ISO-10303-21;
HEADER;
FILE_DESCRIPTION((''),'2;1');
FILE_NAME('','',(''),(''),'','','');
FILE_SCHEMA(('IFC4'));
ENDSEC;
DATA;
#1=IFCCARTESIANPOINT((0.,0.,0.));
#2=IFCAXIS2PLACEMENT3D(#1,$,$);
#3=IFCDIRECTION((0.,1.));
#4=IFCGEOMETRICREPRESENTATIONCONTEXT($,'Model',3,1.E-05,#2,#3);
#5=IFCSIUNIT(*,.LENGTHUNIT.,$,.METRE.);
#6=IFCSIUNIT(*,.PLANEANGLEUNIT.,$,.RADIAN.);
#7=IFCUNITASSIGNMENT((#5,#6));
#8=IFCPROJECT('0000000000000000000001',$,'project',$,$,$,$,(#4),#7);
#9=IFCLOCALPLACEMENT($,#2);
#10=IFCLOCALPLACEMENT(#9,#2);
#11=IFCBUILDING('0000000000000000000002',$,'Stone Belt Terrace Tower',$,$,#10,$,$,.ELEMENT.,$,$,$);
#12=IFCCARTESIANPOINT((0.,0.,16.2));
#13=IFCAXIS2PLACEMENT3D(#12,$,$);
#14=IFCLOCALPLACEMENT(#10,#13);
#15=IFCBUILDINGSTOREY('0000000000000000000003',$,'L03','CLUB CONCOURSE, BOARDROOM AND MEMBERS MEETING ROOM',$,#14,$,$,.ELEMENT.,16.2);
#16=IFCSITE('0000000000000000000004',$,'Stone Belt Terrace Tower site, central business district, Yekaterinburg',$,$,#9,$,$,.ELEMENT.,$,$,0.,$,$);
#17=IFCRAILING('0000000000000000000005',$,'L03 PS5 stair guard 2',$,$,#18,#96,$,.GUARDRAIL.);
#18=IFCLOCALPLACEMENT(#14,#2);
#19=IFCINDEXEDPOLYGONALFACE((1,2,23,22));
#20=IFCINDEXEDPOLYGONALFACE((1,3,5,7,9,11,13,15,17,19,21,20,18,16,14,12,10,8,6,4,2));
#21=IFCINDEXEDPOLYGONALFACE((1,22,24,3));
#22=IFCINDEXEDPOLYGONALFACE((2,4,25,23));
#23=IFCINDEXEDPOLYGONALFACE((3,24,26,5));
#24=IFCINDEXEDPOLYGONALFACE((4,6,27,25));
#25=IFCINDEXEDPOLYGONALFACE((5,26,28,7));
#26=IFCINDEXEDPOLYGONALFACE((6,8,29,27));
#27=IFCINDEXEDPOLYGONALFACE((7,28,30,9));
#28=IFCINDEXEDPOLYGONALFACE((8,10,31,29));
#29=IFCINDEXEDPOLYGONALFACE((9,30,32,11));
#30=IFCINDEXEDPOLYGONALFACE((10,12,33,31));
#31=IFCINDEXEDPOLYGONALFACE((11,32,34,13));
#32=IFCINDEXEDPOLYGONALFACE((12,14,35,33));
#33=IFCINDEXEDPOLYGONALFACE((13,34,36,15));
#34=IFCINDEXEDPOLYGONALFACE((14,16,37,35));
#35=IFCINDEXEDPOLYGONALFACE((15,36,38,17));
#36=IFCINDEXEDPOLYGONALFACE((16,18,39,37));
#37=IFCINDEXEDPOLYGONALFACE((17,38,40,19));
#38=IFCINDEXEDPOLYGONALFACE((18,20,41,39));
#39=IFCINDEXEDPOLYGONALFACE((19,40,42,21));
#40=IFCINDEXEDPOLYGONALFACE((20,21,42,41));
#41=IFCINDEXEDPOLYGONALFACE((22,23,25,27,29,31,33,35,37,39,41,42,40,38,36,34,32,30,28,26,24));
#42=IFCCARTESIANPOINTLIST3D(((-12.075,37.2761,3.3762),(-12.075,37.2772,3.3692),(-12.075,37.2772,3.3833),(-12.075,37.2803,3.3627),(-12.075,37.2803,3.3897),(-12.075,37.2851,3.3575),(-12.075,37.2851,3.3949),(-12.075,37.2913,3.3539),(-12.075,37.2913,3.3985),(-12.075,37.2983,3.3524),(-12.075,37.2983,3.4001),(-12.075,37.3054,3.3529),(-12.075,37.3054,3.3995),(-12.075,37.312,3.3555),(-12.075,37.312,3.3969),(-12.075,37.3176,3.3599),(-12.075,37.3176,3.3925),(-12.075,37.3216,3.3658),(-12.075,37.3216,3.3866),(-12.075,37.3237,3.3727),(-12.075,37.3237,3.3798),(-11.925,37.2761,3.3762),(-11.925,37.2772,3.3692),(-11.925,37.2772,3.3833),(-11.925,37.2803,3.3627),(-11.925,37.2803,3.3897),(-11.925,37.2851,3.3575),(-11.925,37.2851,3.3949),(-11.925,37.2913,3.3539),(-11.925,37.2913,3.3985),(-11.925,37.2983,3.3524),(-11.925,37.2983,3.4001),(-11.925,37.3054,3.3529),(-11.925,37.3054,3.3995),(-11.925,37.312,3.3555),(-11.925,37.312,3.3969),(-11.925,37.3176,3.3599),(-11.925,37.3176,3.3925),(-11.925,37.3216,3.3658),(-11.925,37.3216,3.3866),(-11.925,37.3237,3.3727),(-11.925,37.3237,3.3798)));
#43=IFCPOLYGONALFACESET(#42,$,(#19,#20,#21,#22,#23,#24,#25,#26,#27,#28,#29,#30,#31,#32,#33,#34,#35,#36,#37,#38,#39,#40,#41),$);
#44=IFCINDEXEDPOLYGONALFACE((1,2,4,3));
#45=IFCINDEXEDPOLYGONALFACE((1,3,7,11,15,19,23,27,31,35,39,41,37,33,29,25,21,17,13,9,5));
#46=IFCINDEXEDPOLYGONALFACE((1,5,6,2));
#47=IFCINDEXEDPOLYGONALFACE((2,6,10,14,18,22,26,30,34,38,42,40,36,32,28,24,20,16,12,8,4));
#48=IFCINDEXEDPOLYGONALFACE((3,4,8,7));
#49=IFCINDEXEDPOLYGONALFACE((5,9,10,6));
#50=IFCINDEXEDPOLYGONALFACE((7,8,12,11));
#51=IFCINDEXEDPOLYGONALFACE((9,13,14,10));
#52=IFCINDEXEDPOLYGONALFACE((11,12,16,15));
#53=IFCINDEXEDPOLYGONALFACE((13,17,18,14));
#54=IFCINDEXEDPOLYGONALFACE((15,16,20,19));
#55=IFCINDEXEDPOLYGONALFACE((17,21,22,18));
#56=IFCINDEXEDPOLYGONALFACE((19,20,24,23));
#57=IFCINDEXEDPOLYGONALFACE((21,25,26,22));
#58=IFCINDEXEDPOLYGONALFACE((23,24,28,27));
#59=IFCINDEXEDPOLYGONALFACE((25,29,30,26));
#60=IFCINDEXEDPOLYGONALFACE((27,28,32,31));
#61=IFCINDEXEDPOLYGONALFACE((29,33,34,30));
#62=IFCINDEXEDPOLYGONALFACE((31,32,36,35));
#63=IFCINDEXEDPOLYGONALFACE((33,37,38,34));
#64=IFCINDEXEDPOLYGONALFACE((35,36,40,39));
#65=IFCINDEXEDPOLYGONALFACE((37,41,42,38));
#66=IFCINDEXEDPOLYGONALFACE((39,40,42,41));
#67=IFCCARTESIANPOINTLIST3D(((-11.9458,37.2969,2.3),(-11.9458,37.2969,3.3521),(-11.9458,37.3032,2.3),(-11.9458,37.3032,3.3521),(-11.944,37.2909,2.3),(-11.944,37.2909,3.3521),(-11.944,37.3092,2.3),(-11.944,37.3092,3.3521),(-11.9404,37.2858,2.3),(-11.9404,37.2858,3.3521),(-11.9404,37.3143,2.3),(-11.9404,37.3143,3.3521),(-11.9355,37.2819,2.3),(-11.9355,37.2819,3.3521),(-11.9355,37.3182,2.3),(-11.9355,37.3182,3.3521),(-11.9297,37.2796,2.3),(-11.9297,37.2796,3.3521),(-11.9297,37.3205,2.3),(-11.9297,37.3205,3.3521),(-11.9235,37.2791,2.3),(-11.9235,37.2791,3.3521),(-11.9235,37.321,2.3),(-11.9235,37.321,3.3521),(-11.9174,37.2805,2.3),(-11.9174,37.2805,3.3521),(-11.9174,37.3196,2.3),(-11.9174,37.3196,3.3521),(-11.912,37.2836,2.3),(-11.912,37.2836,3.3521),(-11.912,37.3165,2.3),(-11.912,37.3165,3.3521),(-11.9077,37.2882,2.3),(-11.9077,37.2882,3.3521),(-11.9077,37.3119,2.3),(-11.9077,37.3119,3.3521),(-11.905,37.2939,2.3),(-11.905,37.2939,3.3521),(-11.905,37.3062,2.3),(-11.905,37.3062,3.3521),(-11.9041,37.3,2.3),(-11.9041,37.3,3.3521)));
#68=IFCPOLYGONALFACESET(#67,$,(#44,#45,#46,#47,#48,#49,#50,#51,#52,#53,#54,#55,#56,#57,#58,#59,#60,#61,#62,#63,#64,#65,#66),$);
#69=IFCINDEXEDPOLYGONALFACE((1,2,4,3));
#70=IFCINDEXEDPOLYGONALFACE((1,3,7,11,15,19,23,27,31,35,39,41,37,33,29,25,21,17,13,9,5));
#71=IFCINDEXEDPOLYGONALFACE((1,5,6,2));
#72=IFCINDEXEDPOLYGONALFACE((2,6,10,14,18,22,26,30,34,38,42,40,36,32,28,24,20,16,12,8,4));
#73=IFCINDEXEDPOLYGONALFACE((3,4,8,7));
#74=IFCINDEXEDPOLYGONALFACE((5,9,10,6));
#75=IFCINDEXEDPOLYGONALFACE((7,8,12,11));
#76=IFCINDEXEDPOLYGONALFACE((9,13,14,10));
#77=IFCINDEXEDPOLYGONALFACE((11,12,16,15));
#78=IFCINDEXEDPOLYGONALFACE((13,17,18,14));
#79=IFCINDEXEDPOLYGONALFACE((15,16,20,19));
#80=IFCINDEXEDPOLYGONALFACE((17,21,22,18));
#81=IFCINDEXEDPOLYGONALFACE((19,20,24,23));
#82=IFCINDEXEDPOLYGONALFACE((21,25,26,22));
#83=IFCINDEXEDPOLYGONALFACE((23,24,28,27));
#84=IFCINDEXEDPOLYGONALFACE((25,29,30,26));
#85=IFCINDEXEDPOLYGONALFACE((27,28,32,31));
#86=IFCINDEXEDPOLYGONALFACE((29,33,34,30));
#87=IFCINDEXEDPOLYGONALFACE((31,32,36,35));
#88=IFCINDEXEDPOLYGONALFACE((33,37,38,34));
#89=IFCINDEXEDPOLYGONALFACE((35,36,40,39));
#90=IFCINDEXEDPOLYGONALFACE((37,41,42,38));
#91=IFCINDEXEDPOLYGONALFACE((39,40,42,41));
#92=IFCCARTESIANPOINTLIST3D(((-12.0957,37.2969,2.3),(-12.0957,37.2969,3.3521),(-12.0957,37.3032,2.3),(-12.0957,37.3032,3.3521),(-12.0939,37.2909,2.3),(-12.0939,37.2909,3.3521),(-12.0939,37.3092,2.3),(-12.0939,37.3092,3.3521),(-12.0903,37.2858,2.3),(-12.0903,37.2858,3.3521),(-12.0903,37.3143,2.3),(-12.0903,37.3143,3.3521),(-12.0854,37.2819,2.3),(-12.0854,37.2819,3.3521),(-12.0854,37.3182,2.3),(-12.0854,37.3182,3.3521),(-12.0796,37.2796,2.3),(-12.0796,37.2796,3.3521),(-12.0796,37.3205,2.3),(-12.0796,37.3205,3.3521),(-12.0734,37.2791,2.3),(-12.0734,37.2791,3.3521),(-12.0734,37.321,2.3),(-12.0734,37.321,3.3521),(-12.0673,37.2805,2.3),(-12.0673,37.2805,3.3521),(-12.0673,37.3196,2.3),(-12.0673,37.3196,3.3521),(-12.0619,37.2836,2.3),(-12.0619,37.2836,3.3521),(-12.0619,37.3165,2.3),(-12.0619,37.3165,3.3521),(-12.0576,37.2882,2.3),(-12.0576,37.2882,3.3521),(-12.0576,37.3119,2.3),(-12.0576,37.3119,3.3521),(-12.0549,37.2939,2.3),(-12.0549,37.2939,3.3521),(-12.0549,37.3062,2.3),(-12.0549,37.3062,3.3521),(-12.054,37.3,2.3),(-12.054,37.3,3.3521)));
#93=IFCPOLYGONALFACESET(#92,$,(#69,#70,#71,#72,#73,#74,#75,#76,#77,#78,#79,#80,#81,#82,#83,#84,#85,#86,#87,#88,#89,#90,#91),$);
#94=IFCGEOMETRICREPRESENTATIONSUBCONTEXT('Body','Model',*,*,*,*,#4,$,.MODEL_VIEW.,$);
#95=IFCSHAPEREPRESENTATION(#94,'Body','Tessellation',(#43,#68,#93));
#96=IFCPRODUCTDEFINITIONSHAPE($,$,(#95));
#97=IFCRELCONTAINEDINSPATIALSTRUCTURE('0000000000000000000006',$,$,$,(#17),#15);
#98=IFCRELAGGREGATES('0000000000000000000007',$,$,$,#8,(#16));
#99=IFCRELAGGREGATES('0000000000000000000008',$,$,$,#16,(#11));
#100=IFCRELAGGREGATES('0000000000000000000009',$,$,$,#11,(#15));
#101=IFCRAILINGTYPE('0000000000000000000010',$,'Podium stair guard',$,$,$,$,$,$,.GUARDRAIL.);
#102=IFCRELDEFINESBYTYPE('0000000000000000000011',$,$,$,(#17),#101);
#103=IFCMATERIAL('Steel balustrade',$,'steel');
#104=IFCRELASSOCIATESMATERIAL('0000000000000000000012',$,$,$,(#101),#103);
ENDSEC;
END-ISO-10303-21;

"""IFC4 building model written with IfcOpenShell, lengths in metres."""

from ifc_helpers import new_model, si_unit, direction, frame, origin, origin_2d, place, context, subcontext, project, spatial, circle, extrude, material, type_object, element, save


model = new_model("IFC4")

# Units and contexts
model_context = context("Model", 3, precision=1e-05, world=origin(), true_north=direction((0.0, 1.0)))
body_context = subcontext(model_context, "Body", "Model", "MODEL_VIEW")
ifc_project = project(units=[si_unit("LENGTHUNIT", "METRE"), si_unit("PLANEANGLEUNIT", "RADIAN")], contexts=[model_context])

# Site, building, storey
site_placement = place(None, origin())
site = spatial("IfcSite", under=ifc_project, at=site_placement, Name="Stone Belt Terrace Tower site, central business district, Yekaterinburg", CompositionType="ELEMENT", RefElevation=0.0)
building_placement = place(site_placement, origin())
building = spatial("IfcBuilding", under=site, at=building_placement, Name="Stone Belt Terrace Tower", CompositionType="ELEMENT")
storey_placement = place(building_placement, frame((0.0, 0.0, 16.2)))
storey = spatial("IfcBuildingStorey", under=building, at=storey_placement, Name="L03", Description="CLUB CONCOURSE, BOARDROOM AND MEMBERS MEETING ROOM", CompositionType="ELEMENT", Elevation=16.2)

# Railing
ifc_material_1 = material(Name="Steel balustrade", Category="steel")
railing_type_1 = type_object("IfcRailingType", Name="Podium stair guard", PredefinedType="GUARDRAIL", material=ifc_material_1)
railing_1_placement = place(storey_placement, frame((-11.925, 37.3, 2.3)))
element("IfcRailing", 1, at=railing_1_placement, inside=storey, type_object=railing_type_1, Name="L03 PS5 stair guard 2", PredefinedType="GUARDRAIL", context=body_context, shape_type="SweptSolid", body=[
    extrude(circle(Radius=0.0239, at=origin_2d()), frame((0.0, 0.0, 1.0762), z_axis=(-1.0, 0.0, 0.0), x_axis=(0.0, -1.0, 0.0)), (0.0, 0.0, 1.0), 0.1499),
    extrude(circle(Radius=0.021, at=origin_2d()), origin(), (0.0, 0.0, 1.0), 1.052),
    extrude(circle(Radius=0.021, at=origin_2d()), frame((-0.1499, 0.0, 0.0)), (0.0, 0.0, 1.0), 1.052),
])

save(model, "model.ifc")
